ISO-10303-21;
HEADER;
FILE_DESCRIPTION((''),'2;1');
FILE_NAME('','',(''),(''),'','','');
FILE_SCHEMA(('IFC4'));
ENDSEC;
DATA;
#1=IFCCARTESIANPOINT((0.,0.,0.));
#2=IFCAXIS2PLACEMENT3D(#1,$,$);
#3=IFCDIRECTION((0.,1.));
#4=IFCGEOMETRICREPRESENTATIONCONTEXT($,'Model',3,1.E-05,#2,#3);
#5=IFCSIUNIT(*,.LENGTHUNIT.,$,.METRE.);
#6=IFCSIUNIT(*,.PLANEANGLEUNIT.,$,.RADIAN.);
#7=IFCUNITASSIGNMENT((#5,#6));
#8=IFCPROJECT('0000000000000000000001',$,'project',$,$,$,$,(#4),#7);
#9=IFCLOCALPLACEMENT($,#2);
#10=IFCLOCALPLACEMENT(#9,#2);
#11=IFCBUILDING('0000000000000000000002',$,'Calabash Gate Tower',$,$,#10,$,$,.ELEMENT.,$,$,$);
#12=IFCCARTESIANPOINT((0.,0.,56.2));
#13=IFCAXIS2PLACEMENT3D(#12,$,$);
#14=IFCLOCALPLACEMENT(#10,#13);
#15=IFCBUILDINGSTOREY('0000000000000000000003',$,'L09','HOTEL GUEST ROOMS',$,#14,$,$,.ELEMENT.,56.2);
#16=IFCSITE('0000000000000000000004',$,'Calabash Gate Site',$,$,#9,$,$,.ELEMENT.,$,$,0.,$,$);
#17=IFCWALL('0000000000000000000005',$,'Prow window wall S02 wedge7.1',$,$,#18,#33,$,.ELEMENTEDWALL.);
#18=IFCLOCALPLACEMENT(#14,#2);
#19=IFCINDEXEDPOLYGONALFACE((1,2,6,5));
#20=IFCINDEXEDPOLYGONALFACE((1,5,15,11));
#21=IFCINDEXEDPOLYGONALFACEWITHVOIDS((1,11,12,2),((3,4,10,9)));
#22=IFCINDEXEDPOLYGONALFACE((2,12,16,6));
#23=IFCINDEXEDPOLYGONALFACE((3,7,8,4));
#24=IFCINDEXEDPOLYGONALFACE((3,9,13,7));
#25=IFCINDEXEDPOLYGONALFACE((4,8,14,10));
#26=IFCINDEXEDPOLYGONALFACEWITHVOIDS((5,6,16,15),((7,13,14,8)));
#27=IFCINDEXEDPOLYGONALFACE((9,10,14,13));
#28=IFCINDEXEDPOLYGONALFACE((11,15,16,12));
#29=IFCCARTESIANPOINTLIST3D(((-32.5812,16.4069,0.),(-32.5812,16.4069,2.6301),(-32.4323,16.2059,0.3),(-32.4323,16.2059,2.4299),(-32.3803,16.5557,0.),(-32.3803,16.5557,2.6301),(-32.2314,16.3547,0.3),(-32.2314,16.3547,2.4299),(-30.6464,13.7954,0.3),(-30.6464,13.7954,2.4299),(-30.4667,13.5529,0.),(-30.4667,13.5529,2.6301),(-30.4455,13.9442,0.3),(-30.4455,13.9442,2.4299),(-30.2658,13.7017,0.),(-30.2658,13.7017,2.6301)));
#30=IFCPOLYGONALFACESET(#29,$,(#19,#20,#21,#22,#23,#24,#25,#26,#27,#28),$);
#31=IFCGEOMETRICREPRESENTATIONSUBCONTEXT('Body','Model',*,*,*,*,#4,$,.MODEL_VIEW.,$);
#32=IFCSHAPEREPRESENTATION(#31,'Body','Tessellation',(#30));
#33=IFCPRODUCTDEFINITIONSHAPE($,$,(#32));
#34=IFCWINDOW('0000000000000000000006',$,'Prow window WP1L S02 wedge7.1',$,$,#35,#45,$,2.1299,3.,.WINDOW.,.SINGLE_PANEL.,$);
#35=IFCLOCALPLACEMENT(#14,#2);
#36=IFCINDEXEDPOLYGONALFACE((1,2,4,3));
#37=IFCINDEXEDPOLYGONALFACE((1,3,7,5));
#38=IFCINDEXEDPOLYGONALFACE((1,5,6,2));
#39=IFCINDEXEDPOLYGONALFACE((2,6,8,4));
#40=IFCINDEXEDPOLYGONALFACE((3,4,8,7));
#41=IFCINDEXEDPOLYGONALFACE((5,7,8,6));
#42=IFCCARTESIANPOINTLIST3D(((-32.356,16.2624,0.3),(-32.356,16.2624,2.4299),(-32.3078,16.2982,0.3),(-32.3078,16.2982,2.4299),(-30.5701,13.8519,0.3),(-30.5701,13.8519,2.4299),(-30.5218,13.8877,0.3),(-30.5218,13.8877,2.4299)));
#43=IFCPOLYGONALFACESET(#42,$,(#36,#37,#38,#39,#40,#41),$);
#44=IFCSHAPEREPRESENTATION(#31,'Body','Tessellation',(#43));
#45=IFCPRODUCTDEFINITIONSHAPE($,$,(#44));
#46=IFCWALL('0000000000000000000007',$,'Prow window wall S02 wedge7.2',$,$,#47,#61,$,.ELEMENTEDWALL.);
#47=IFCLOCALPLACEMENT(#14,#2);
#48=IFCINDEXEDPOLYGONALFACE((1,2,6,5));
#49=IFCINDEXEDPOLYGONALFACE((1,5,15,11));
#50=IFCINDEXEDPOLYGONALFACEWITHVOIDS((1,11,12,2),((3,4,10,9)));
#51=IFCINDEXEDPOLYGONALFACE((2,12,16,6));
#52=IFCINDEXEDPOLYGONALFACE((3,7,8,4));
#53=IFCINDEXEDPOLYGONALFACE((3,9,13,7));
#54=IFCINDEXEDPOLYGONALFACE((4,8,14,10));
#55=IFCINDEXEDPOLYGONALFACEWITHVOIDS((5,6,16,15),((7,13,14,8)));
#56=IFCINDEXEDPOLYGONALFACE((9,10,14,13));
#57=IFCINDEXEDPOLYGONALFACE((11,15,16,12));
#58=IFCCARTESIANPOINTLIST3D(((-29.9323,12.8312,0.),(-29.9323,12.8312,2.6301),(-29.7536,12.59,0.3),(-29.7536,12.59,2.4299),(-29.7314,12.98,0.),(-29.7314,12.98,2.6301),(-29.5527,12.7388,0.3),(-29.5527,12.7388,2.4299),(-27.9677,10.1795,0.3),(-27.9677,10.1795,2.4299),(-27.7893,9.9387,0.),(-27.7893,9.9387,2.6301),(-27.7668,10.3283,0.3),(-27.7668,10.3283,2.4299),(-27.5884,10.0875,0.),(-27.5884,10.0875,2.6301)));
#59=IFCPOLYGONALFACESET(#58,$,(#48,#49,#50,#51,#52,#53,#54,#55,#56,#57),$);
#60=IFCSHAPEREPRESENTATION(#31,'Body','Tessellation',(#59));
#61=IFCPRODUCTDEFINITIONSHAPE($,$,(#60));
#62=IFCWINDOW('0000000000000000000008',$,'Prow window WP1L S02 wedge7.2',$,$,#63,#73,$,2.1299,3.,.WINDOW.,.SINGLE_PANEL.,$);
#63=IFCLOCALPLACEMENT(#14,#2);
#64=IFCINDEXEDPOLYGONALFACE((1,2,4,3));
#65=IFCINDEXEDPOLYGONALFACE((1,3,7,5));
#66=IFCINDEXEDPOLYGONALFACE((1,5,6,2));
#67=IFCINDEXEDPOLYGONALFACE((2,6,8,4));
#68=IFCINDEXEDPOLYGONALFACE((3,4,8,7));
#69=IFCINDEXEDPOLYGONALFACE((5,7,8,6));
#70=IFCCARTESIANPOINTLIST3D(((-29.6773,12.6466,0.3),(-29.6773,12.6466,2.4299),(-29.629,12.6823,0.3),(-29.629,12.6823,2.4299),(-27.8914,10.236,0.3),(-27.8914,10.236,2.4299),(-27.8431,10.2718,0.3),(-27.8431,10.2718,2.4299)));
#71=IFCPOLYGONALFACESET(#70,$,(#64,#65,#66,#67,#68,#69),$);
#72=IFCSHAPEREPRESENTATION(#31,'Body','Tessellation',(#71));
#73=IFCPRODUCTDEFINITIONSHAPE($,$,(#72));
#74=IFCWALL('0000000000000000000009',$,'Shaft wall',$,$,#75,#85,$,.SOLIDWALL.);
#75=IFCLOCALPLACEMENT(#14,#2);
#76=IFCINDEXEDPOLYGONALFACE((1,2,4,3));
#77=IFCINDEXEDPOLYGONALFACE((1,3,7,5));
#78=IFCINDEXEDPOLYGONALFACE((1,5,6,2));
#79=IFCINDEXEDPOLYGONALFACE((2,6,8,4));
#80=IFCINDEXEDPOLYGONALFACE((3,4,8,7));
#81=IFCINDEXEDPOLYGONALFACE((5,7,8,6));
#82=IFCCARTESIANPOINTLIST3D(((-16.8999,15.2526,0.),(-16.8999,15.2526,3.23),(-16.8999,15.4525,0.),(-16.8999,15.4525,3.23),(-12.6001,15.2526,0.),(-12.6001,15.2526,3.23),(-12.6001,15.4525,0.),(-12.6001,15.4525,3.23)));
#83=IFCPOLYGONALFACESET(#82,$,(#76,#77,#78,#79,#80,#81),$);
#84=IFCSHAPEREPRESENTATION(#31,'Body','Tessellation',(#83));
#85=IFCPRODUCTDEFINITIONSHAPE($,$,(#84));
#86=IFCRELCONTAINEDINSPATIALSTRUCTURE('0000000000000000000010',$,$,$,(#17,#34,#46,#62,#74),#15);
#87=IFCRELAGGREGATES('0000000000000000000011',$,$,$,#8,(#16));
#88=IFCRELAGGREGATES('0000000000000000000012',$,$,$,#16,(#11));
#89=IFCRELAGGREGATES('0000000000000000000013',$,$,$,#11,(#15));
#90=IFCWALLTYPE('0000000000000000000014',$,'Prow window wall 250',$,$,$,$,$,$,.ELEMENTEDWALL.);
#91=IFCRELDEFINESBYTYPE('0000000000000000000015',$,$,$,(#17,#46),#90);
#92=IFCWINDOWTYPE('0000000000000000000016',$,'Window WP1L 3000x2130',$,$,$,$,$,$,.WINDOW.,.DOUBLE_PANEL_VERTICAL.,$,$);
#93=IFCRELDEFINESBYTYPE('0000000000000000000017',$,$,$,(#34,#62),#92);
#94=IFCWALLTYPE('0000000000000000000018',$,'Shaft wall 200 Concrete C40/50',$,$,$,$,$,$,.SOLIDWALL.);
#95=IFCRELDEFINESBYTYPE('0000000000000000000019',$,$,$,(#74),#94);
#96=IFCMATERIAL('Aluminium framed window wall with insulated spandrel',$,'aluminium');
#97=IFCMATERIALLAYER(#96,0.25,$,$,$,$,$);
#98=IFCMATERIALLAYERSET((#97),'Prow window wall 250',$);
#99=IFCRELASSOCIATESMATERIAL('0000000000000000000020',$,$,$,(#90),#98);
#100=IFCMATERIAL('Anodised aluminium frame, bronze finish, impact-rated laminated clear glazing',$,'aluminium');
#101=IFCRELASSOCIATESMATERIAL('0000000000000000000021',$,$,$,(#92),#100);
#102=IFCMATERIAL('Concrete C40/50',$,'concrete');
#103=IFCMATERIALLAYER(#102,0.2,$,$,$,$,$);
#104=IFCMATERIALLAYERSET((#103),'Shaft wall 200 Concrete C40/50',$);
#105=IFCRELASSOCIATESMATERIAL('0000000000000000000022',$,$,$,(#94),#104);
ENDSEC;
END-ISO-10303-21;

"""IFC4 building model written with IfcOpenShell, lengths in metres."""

from ifc_helpers import new_model, si_unit, direction, frame, frame_2d, origin, place, context, subcontext, project, spatial, rectangle, extrude, material, layer, layer_set, type_object, element, fill, save


model = new_model("IFC4")

# Units and contexts
model_context = context("Model", 3, precision=1e-05, world=origin(), true_north=direction((0.0, 1.0)))
body_context = subcontext(model_context, "Body", "Model", "MODEL_VIEW")
ifc_project = project(units=[si_unit("LENGTHUNIT", "METRE"), si_unit("PLANEANGLEUNIT", "RADIAN")], contexts=[model_context])

# Site, building, storey
site_placement = place(None, origin())
site = spatial("IfcSite", under=ifc_project, at=site_placement, Name="Calabash Gate Site", CompositionType="ELEMENT", RefElevation=0.0)
building_placement = place(site_placement, origin())
building = spatial("IfcBuilding", under=site, at=building_placement, Name="Calabash Gate Tower", CompositionType="ELEMENT")
storey_placement = place(building_placement, frame((0.0, 0.0, 56.2)))
storey = spatial("IfcBuildingStorey", under=building, at=storey_placement, Name="L09", Description="HOTEL GUEST ROOMS", CompositionType="ELEMENT", Elevation=56.2)

# Walls, openings, windows
ifc_material_1 = material(Name="Aluminium framed window wall with insulated spandrel", Category="aluminium")
ifc_layer_1 = layer(ifc_material_1, 0.25)
ifc_layer_set_1 = layer_set([ifc_layer_1], Name="Prow window wall 250")
wall_type_1 = type_object("IfcWallType", Name="Prow window wall 250", PredefinedType="ELEMENTEDWALL", material=ifc_layer_set_1)
ifc_material_2 = material(Name="Anodised aluminium frame, bronze finish, impact-rated laminated clear glazing", Category="aluminium")
window_type = type_object("IfcWindowType", Name="Window WP1L 3000x2130", PartitioningType="DOUBLE_PANEL_VERTICAL", PredefinedType="WINDOW", material=ifc_material_2)
wall_1_placement = place(storey_placement, frame((-32.4807, 16.4812, 0.0), z_axis=(0.0, 0.0, 1.0), x_axis=(0.595305, -0.8035, 0.0)))
wall_1 = element("IfcWall", 1, at=wall_1_placement, inside=storey, type_object=wall_type_1, Name="Prow window wall S02 wedge7.1", PredefinedType="ELEMENTEDWALL", context=body_context, shape_type="SweptSolid", body=[
    extrude(rectangle(XDim=3.552, YDim=0.25, at=frame_2d((1.7759, 0.0))), origin(), (0.0, 0.0, 1.0), 2.6301),
])
opening_1_placement = place(wall_1_placement, frame((0.25, 0.0, 0.3)))
opening_1 = element("IfcOpeningElement", 2, at=opening_1_placement, cuts=wall_1, PredefinedType="OPENING", context=body_context, shape_type="SweptSolid", body=[
    extrude(rectangle(XDim=3.0, YDim=2.1299, at=frame_2d((1.5, 1.0649))), frame((0.0, 0.135, 0.0), z_axis=(0.0, -1.0, 0.0), x_axis=(1.0, 0.0, 0.0)), (0.0, 0.0, 1.0), 0.27),
])
window_1_placement = place(opening_1_placement, origin())
window_1 = element("IfcWindow", 3, at=window_1_placement, inside=storey, type_object=window_type, Name="Prow window WP1L S02 wedge7.1", OverallHeight=2.1299, OverallWidth=3.0, PartitioningType="SINGLE_PANEL", PredefinedType="WINDOW", context=body_context, shape_type="SweptSolid", body=[
    extrude(rectangle(XDim=3.0, YDim=2.1299, at=frame_2d((1.5, 1.0649))), frame((0.0, 0.03, 0.0), z_axis=(0.0, -1.0, 0.0), x_axis=(1.0, 0.0, 0.0)), (0.0, 0.0, 1.0), 0.0601),
])
fill(opening_1, window_1)
wall_2_placement = place(storey_placement, frame((-29.8318, 12.9055, 0.0), z_axis=(0.0, 0.0, 1.0), x_axis=(0.595302, -0.803502, 0.0)))
wall_2 = element("IfcWall", 4, at=wall_2_placement, inside=storey, type_object=wall_type_1, Name="Prow window wall S02 wedge7.2", PredefinedType="ELEMENTEDWALL", context=body_context, shape_type="SweptSolid", body=[
    extrude(rectangle(XDim=3.5999, YDim=0.25, at=frame_2d((1.7998, 0.0))), origin(), (0.0, 0.0, 1.0), 2.6301),
])
opening_2_placement = place(wall_2_placement, frame((0.3, 0.0, 0.3)))
opening_2 = element("IfcOpeningElement", 5, at=opening_2_placement, cuts=wall_2, PredefinedType="OPENING", context=body_context, shape_type="SweptSolid", body=[
    extrude(rectangle(XDim=3.0, YDim=2.1299, at=frame_2d((1.5, 1.0649))), frame((0.0, 0.135, 0.0), z_axis=(0.0, -1.0, 0.0), x_axis=(1.0, 0.0, 0.0)), (0.0, 0.0, 1.0), 0.27),
])
window_2_placement = place(opening_2_placement, origin())
window_2 = element("IfcWindow", 6, at=window_2_placement, inside=storey, type_object=window_type, Name="Prow window WP1L S02 wedge7.2", OverallHeight=2.1299, OverallWidth=3.0, PartitioningType="SINGLE_PANEL", PredefinedType="WINDOW", context=body_context, shape_type="SweptSolid", body=[
    extrude(rectangle(XDim=3.0, YDim=2.1299, at=frame_2d((1.5, 1.0649))), frame((0.0, 0.03, 0.0), z_axis=(0.0, -1.0, 0.0), x_axis=(1.0, 0.0, 0.0)), (0.0, 0.0, 1.0), 0.0601),
])
fill(opening_2, window_2)

# Wall
ifc_material_3 = material(Name="Concrete C40/50", Category="concrete")
ifc_layer_2 = layer(ifc_material_3, 0.2)
ifc_layer_set_2 = layer_set([ifc_layer_2], Name="Shaft wall 200 Concrete C40/50")
wall_type_2 = type_object("IfcWallType", Name="Shaft wall 200 Concrete C40/50", PredefinedType="SOLIDWALL", material=ifc_layer_set_2)
wall_3_placement = place(storey_placement, frame((-16.8999, 15.3525, 0.0), z_axis=(0.0, 0.0, 1.0), x_axis=(1.0, 0.0, 0.0)))
element("IfcWall", 7, at=wall_3_placement, inside=storey, type_object=wall_type_2, Name="Shaft wall", PredefinedType="SOLIDWALL", context=body_context, shape_type="SweptSolid", body=[
    extrude(rectangle(XDim=4.2998, YDim=0.2, at=frame_2d((2.1499, 0.0))), origin(), (0.0, 0.0, 1.0), 3.23),
])

save(model, "model.ifc")
